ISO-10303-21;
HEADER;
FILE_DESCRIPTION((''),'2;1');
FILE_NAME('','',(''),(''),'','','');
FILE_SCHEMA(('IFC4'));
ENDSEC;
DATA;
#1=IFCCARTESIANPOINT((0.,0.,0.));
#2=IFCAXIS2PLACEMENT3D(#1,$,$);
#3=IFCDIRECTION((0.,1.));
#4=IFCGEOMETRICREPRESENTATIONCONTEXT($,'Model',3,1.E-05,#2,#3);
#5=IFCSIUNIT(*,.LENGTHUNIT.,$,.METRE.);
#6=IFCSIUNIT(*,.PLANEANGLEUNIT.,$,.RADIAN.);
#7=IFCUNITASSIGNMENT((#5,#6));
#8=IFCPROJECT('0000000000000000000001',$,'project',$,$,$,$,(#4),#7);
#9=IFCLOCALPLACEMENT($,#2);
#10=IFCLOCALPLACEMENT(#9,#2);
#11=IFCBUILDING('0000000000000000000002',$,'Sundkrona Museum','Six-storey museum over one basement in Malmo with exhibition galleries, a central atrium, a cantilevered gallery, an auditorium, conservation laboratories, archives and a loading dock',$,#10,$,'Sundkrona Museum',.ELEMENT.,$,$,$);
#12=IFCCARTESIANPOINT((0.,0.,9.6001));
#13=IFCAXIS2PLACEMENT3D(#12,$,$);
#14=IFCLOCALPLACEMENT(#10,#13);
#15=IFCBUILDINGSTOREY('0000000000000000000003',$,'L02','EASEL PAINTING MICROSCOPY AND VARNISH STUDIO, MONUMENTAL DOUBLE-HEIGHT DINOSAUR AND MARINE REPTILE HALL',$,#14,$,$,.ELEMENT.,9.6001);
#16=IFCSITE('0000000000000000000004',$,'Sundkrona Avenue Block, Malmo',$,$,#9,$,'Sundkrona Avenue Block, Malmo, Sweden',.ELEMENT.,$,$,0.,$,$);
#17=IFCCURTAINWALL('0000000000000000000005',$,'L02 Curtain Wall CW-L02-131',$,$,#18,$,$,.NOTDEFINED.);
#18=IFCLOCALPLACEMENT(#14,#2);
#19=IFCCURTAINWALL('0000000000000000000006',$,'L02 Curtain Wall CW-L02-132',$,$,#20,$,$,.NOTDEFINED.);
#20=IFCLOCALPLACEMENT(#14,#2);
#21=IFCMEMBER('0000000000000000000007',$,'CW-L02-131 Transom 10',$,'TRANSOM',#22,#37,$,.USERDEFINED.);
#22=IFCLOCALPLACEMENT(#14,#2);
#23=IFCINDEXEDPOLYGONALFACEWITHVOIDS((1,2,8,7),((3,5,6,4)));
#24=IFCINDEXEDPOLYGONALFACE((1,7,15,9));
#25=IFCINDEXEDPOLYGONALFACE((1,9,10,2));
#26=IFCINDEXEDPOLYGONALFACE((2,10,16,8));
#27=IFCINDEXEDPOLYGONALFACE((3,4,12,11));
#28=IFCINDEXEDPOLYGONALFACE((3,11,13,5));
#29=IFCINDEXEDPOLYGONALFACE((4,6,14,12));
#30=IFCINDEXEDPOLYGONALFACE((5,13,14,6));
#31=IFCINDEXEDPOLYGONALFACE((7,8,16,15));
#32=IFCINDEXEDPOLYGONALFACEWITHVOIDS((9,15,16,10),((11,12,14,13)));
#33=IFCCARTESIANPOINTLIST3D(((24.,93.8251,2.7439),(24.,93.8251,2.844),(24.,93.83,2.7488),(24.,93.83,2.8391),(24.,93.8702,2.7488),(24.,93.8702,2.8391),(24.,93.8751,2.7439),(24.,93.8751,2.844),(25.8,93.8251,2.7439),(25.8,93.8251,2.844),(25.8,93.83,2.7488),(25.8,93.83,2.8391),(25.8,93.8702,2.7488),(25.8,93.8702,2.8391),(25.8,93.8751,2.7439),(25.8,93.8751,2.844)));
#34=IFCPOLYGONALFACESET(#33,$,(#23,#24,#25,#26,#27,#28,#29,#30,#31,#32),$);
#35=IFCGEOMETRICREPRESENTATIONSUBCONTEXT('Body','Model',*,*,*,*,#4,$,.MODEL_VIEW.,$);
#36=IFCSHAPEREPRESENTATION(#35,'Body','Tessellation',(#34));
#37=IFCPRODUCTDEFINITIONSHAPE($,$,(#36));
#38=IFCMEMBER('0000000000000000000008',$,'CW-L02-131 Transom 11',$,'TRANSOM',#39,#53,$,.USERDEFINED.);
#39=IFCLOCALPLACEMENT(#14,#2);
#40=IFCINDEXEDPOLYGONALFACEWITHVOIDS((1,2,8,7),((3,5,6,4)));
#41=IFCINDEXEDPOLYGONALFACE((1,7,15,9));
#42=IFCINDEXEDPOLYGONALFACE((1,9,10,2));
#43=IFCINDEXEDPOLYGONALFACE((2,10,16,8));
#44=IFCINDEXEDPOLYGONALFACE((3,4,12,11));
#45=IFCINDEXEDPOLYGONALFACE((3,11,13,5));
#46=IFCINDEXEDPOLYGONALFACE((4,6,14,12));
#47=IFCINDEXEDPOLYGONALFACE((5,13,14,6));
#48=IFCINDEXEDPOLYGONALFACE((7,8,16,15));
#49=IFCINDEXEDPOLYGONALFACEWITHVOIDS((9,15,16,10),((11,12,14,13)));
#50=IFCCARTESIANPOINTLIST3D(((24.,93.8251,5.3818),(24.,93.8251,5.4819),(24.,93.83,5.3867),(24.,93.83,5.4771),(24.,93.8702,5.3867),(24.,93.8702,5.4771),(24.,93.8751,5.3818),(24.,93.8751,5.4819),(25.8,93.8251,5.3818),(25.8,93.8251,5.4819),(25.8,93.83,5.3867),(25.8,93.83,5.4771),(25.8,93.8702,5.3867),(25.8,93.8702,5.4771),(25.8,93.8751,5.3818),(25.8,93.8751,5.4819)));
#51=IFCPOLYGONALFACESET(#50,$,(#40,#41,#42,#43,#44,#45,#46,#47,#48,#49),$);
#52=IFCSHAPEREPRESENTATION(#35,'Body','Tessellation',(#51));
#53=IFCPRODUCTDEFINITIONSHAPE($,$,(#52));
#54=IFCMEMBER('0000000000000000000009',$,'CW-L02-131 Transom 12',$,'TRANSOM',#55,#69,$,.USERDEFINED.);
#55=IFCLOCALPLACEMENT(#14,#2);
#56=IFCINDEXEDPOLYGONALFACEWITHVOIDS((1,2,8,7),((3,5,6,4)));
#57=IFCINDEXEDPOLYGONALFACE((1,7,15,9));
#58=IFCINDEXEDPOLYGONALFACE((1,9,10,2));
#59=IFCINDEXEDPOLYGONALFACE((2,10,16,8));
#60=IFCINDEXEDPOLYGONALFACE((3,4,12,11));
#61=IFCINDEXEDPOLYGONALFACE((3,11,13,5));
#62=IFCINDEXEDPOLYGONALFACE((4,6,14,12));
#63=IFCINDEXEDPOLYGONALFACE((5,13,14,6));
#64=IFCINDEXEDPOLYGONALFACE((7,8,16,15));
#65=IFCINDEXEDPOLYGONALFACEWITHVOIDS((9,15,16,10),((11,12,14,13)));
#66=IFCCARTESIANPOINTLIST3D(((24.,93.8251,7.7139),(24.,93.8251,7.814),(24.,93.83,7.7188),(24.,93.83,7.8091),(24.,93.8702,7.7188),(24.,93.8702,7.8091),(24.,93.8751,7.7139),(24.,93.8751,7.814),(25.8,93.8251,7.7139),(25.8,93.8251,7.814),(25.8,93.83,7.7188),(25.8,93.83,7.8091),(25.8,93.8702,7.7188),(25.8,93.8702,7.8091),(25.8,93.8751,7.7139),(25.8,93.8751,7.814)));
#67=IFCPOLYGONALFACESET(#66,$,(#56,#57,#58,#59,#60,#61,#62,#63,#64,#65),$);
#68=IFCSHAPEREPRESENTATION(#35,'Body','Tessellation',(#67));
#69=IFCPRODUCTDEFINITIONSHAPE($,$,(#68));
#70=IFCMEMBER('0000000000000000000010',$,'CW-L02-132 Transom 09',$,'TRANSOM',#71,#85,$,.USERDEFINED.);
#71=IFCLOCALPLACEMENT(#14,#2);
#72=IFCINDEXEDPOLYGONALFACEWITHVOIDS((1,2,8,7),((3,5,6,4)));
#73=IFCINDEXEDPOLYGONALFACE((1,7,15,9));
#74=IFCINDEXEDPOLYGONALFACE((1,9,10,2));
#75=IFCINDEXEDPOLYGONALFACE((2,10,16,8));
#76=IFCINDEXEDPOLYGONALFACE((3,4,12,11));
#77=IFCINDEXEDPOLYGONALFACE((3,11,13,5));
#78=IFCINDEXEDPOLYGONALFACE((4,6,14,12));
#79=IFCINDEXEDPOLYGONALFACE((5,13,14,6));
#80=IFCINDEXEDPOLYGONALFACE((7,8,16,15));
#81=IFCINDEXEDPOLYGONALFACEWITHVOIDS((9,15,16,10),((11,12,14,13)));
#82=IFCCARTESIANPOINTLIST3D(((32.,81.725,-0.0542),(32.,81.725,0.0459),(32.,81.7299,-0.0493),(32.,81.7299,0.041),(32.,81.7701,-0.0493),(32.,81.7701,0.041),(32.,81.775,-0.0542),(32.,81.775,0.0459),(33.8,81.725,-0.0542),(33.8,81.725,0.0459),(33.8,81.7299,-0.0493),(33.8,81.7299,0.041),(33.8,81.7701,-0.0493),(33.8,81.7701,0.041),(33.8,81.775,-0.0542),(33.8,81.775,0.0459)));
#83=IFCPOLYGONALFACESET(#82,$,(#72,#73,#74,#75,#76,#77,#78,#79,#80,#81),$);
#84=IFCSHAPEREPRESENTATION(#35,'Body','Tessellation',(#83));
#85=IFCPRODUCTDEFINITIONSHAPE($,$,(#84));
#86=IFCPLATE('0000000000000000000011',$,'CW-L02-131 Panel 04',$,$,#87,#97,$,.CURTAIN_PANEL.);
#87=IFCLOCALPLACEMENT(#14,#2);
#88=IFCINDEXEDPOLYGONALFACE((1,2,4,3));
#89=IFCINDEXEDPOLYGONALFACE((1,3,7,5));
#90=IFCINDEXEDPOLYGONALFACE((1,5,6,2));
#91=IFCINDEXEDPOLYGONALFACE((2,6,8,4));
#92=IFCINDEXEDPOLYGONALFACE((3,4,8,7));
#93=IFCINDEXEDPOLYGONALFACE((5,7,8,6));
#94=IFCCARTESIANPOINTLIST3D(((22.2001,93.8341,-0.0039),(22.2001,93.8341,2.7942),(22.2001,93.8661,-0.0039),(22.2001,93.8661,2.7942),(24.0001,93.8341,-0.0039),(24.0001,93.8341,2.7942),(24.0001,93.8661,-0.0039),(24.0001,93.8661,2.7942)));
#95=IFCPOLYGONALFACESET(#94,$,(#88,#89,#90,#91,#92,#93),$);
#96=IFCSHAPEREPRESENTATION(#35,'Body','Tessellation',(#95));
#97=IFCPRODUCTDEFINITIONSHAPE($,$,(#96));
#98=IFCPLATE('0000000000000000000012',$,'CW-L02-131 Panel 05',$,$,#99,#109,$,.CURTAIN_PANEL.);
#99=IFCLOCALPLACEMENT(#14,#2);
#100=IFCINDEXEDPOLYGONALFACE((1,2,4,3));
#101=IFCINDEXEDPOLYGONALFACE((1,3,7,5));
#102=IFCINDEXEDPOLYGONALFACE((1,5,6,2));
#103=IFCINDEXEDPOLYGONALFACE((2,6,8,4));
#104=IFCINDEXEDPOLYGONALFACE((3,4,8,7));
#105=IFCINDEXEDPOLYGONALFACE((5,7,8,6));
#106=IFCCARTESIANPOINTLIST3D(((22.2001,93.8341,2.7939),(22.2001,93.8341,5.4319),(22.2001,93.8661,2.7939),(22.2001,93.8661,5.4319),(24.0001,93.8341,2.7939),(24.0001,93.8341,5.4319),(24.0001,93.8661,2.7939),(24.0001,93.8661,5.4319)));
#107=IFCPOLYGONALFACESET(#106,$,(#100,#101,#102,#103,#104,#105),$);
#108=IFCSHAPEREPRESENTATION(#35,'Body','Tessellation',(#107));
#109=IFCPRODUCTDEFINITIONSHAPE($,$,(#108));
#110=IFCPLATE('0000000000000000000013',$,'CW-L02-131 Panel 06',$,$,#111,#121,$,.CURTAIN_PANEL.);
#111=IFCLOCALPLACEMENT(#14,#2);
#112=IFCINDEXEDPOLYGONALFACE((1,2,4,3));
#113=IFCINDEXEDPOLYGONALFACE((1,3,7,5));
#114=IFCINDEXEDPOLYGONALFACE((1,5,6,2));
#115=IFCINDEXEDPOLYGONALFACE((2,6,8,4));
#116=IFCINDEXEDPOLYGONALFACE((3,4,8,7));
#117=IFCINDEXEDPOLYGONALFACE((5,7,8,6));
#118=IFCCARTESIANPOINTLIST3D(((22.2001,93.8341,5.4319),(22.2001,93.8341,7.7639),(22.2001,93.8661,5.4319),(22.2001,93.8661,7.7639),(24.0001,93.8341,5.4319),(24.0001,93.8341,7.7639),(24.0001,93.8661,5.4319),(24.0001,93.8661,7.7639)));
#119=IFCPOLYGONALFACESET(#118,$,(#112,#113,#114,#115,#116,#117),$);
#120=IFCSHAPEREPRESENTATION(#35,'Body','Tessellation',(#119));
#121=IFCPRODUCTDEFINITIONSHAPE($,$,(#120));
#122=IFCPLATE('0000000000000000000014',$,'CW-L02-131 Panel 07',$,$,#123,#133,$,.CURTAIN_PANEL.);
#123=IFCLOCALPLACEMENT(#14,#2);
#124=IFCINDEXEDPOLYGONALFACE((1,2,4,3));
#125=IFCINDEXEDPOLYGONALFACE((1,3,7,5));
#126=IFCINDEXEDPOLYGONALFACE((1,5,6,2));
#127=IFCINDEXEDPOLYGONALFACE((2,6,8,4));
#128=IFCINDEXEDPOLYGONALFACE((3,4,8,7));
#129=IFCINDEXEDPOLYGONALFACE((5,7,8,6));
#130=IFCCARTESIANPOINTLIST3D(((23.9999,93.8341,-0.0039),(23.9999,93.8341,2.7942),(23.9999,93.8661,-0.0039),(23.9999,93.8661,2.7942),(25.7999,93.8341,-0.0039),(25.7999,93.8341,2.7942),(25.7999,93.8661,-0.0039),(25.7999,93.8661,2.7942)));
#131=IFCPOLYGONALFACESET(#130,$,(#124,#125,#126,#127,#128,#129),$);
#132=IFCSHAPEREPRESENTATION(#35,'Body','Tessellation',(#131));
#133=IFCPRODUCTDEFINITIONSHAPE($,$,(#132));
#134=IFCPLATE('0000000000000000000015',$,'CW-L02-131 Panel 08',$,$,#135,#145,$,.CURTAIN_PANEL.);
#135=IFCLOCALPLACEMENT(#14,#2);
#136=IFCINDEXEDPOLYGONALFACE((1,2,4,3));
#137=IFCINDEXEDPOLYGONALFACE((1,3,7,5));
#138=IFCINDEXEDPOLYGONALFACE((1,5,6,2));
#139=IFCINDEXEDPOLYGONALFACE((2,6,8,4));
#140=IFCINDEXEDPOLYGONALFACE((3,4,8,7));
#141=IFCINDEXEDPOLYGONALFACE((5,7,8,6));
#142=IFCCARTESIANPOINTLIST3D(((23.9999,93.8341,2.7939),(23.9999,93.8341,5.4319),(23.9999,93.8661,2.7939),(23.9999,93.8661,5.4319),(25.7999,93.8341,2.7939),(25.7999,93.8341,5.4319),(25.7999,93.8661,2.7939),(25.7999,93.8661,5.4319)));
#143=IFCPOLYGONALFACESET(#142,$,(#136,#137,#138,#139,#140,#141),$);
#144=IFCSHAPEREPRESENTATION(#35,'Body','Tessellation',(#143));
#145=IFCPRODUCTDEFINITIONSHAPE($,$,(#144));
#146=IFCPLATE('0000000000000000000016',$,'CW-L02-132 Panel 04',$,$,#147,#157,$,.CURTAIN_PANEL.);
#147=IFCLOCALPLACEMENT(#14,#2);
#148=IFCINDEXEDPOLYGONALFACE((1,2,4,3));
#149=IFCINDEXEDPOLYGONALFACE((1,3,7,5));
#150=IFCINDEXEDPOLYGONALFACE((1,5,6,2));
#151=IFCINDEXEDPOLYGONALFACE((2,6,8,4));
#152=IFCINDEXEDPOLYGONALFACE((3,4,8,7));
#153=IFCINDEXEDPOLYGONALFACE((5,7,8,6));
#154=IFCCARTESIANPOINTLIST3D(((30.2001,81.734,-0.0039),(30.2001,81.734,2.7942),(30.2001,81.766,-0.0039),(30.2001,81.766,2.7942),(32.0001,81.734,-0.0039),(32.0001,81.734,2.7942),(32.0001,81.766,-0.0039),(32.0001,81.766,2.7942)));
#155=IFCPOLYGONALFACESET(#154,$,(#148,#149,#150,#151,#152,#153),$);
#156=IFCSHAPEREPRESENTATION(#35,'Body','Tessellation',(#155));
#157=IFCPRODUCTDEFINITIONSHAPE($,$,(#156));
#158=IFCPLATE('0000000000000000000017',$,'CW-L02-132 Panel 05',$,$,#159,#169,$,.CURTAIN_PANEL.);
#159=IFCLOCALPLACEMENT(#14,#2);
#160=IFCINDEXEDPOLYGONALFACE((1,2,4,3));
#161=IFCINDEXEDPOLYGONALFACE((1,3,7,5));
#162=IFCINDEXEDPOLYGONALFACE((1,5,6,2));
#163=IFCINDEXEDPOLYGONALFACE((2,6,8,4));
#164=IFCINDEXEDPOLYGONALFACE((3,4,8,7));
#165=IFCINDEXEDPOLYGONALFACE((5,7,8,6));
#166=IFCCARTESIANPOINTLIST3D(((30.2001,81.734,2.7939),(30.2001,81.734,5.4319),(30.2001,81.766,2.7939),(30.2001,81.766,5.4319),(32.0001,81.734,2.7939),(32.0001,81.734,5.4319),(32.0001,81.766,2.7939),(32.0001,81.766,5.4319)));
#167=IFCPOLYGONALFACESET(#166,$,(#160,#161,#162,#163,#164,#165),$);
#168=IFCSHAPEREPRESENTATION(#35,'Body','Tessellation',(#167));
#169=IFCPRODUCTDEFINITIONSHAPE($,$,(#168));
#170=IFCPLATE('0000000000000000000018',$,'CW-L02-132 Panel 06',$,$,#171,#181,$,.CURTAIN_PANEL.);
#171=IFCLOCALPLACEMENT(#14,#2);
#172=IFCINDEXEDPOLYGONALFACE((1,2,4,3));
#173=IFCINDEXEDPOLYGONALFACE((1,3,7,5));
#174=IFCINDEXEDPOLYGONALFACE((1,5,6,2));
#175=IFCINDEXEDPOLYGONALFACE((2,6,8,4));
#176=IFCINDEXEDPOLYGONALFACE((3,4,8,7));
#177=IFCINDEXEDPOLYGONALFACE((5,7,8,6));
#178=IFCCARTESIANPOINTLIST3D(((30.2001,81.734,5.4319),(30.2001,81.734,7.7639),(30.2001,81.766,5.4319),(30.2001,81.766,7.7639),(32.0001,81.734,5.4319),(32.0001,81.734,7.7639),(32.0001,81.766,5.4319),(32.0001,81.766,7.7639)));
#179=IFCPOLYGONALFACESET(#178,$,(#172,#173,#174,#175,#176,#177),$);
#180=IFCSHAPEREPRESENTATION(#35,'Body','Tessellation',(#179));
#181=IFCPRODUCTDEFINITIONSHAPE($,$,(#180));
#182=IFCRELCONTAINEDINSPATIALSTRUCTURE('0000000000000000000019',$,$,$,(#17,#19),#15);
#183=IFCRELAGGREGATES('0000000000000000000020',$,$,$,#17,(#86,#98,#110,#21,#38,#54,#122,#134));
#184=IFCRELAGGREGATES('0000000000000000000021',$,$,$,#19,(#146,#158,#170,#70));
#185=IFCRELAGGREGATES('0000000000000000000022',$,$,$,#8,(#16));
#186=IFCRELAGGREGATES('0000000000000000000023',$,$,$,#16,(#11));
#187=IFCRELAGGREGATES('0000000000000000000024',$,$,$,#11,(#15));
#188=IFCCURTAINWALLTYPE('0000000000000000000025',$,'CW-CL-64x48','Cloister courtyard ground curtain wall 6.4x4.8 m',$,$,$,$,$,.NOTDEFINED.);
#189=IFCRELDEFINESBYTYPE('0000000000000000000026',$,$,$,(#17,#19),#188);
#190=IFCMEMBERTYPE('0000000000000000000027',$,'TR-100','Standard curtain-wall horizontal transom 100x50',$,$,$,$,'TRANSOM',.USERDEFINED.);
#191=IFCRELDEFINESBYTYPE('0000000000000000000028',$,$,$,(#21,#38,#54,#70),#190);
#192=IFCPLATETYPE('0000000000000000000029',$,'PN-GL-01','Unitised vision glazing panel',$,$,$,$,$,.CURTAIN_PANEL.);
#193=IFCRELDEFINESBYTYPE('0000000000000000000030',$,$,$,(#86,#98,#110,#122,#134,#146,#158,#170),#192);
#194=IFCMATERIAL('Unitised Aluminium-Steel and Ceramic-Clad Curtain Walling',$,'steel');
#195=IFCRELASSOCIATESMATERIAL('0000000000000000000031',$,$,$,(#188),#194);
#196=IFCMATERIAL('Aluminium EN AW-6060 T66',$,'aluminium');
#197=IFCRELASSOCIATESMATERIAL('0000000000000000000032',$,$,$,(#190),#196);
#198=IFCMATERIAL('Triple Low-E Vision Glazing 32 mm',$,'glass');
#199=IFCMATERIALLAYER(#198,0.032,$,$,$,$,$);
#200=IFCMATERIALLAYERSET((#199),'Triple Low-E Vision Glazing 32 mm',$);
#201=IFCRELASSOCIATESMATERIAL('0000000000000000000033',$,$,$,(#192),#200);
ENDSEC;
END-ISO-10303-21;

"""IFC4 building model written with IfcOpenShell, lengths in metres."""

from ifc_helpers import new_model, si_unit, direction, frame, origin, origin_2d, place, context, subcontext, project, spatial, rectangle, hollow_rectangle, extrude, material, layer, layer_set, material_profile, profile_set, type_object, element, aggregate, save


model = new_model("IFC4")

# Units and contexts
model_context = context("Model", 3, precision=1e-05, world=origin(), true_north=direction((0.0, 1.0)))
body_context = subcontext(model_context, "Body", "Model", "MODEL_VIEW")
ifc_project = project(units=[si_unit("LENGTHUNIT", "METRE"), si_unit("PLANEANGLEUNIT", "RADIAN")], contexts=[model_context])

# Site, building, storey
site_placement = place(None, origin())
site = spatial("IfcSite", under=ifc_project, at=site_placement, Name="Sundkrona Avenue Block, Malmo", LongName="Sundkrona Avenue Block, Malmo, Sweden", CompositionType="ELEMENT", RefElevation=0.0)
building_placement = place(site_placement, origin())
building = spatial("IfcBuilding", under=site, at=building_placement, Name="Sundkrona Museum", Description="Six-storey museum over one basement in Malmo with exhibition galleries, a central atrium, a cantilevered gallery, an auditorium, conservation laboratories, archives and a loading dock", LongName="Sundkrona Museum", CompositionType="ELEMENT")
storey_placement = place(building_placement, frame((0.0, 0.0, 9.6001)))
storey = spatial("IfcBuildingStorey", under=building, at=storey_placement, Name="L02", Description="EASEL PAINTING MICROSCOPY AND VARNISH STUDIO, MONUMENTAL DOUBLE-HEIGHT DINOSAUR AND MARINE REPTILE HALL", CompositionType="ELEMENT", Elevation=9.6001)

# Curtain wall
ifc_material_1 = material(Name="Unitised Aluminium-Steel and Ceramic-Clad Curtain Walling", Category="steel")
curtain_wall_type = type_object("IfcCurtainWallType", Name="CW-CL-64x48", Description="Cloister courtyard ground curtain wall 6.4x4.8 m", PredefinedType="NOTDEFINED", material=ifc_material_1)
curtain_wall_1_placement = place(storey_placement, origin())
curtain_wall_1 = element("IfcCurtainWall", 1, at=curtain_wall_1_placement, inside=storey, type_object=curtain_wall_type, Name="L02 Curtain Wall CW-L02-131", PredefinedType="NOTDEFINED")
ifc_material_2 = material(Name="Aluminium EN AW-6060 T66", Category="aluminium")

# Curtain wall
curtain_wall_2_placement = place(storey_placement, origin())
curtain_wall_2 = element("IfcCurtainWall", 2, at=curtain_wall_2_placement, inside=storey, type_object=curtain_wall_type, Name="L02 Curtain Wall CW-L02-132", PredefinedType="NOTDEFINED")

# Members
ifc_material_profile_1 = material_profile(ifc_material_2, hollow_rectangle(XDim=0.05, YDim=0.1001, WallThickness=0.0049, at=origin_2d()), Name="RHS 100x50x5.0")
ifc_profile_set_1 = profile_set([ifc_material_profile_1], Name="Aluminium EN AW-6060 T66")
member_type_1 = type_object("IfcMemberType", Name="TR-100", Description="Standard curtain-wall horizontal transom 100x50", ElementType="TRANSOM", PredefinedType="USERDEFINED", material=ifc_profile_set_1)
member_1_placement = place(storey_placement, frame((24.0, 93.8501, 2.7939), z_axis=(1.0, 0.0, 0.0), x_axis=(0.0, 1.0, 0.0)))
member_1 = element("IfcMember", 3, at=member_1_placement, type_object=member_type_1, Name="CW-L02-131 Transom 10", ObjectType="TRANSOM", PredefinedType="USERDEFINED", context=body_context, shape_type="SweptSolid", body=[
    extrude(hollow_rectangle(XDim=0.05, YDim=0.1001, WallThickness=0.0049, at=origin_2d()), origin(), (0.0, 0.0, 1.0), 1.8),
])
member_2_placement = place(storey_placement, frame((24.0, 93.8501, 5.4319), z_axis=(1.0, 0.0, 0.0), x_axis=(0.0, 1.0, 0.0)))
member_2 = element("IfcMember", 4, at=member_2_placement, type_object=member_type_1, Name="CW-L02-131 Transom 11", ObjectType="TRANSOM", PredefinedType="USERDEFINED", context=body_context, shape_type="SweptSolid", body=[
    extrude(hollow_rectangle(XDim=0.05, YDim=0.1001, WallThickness=0.0049, at=origin_2d()), origin(), (0.0, 0.0, 1.0), 1.8),
])
member_3_placement = place(storey_placement, frame((24.0, 93.8501, 7.7639), z_axis=(1.0, 0.0, 0.0), x_axis=(0.0, 1.0, 0.0)))
member_3 = element("IfcMember", 5, at=member_3_placement, type_object=member_type_1, Name="CW-L02-131 Transom 12", ObjectType="TRANSOM", PredefinedType="USERDEFINED", context=body_context, shape_type="SweptSolid", body=[
    extrude(hollow_rectangle(XDim=0.05, YDim=0.1001, WallThickness=0.0049, at=origin_2d()), origin(), (0.0, 0.0, 1.0), 1.8),
])
member_4_placement = place(storey_placement, frame((32.0, 81.75, -0.0042), z_axis=(1.0, 0.0, 0.0), x_axis=(0.0, 1.0, 0.0)))
member_4 = element("IfcMember", 6, at=member_4_placement, type_object=member_type_1, Name="CW-L02-132 Transom 09", ObjectType="TRANSOM", PredefinedType="USERDEFINED", context=body_context, shape_type="SweptSolid", body=[
    extrude(hollow_rectangle(XDim=0.05, YDim=0.1001, WallThickness=0.0049, at=origin_2d()), origin(), (0.0, 0.0, 1.0), 1.8),
])

# Plates
ifc_material_3 = material(Name="Triple Low-E Vision Glazing 32 mm", Category="glass")
ifc_layer = layer(ifc_material_3, 0.032)
ifc_layer_set = layer_set([ifc_layer], Name="Triple Low-E Vision Glazing 32 mm")
plate_type = type_object("IfcPlateType", Name="PN-GL-01", Description="Unitised vision glazing panel", PredefinedType="CURTAIN_PANEL", material=ifc_layer_set)
plate_1_placement = place(storey_placement, frame((23.1001, 93.8501, -0.0039), z_axis=(0.0, 0.0, 1.0), x_axis=(1.0, 0.0, 0.0)))
plate_1 = element("IfcPlate", 7, at=plate_1_placement, type_object=plate_type, Name="CW-L02-131 Panel 04", PredefinedType="CURTAIN_PANEL", context=body_context, shape_type="SweptSolid", body=[
    extrude(rectangle(XDim=1.8, YDim=0.032, at=origin_2d()), origin(), (0.0, 0.0, 1.0), 2.7981),
])
plate_2_placement = place(storey_placement, frame((23.1001, 93.8501, 2.7939), z_axis=(0.0, 0.0, 1.0), x_axis=(1.0, 0.0, 0.0)))
plate_2 = element("IfcPlate", 8, at=plate_2_placement, type_object=plate_type, Name="CW-L02-131 Panel 05", PredefinedType="CURTAIN_PANEL", context=body_context, shape_type="SweptSolid", body=[
    extrude(rectangle(XDim=1.8, YDim=0.032, at=origin_2d()), origin(), (0.0, 0.0, 1.0), 2.6379),
])
plate_3_placement = place(storey_placement, frame((23.1001, 93.8501, 5.4319), z_axis=(0.0, 0.0, 1.0), x_axis=(1.0, 0.0, 0.0)))
plate_3 = element("IfcPlate", 9, at=plate_3_placement, type_object=plate_type, Name="CW-L02-131 Panel 06", PredefinedType="CURTAIN_PANEL", context=body_context, shape_type="SweptSolid", body=[
    extrude(rectangle(XDim=1.8, YDim=0.032, at=origin_2d()), origin(), (0.0, 0.0, 1.0), 2.332),
])
plate_4_placement = place(storey_placement, frame((24.8999, 93.8501, -0.0039), z_axis=(0.0, 0.0, 1.0), x_axis=(1.0, 0.0, 0.0)))
plate_4 = element("IfcPlate", 10, at=plate_4_placement, type_object=plate_type, Name="CW-L02-131 Panel 07", PredefinedType="CURTAIN_PANEL", context=body_context, shape_type="SweptSolid", body=[
    extrude(rectangle(XDim=1.8, YDim=0.032, at=origin_2d()), origin(), (0.0, 0.0, 1.0), 2.7981),
])
plate_5_placement = place(storey_placement, frame((24.8999, 93.8501, 2.7939), z_axis=(0.0, 0.0, 1.0), x_axis=(1.0, 0.0, 0.0)))
plate_5 = element("IfcPlate", 11, at=plate_5_placement, type_object=plate_type, Name="CW-L02-131 Panel 08", PredefinedType="CURTAIN_PANEL", context=body_context, shape_type="SweptSolid", body=[
    extrude(rectangle(XDim=1.8, YDim=0.032, at=origin_2d()), origin(), (0.0, 0.0, 1.0), 2.6379),
])
aggregate(curtain_wall_1, [plate_1, plate_2, plate_3, member_1, member_2, member_3, plate_4, plate_5])
plate_6_placement = place(storey_placement, frame((31.1001, 81.75, -0.0039), z_axis=(0.0, 0.0, 1.0), x_axis=(1.0, 0.0, 0.0)))
plate_6 = element("IfcPlate", 12, at=plate_6_placement, type_object=plate_type, Name="CW-L02-132 Panel 04", PredefinedType="CURTAIN_PANEL", context=body_context, shape_type="SweptSolid", body=[
    extrude(rectangle(XDim=1.8, YDim=0.032, at=origin_2d()), origin(), (0.0, 0.0, 1.0), 2.7981),
])
plate_7_placement = place(storey_placement, frame((31.1001, 81.75, 2.7939), z_axis=(0.0, 0.0, 1.0), x_axis=(1.0, 0.0, 0.0)))
plate_7 = element("IfcPlate", 13, at=plate_7_placement, type_object=plate_type, Name="CW-L02-132 Panel 05", PredefinedType="CURTAIN_PANEL", context=body_context, shape_type="SweptSolid", body=[
    extrude(rectangle(XDim=1.8, YDim=0.032, at=origin_2d()), origin(), (0.0, 0.0, 1.0), 2.6379),
])
plate_8_placement = place(storey_placement, frame((31.1001, 81.75, 5.4319), z_axis=(0.0, 0.0, 1.0), x_axis=(1.0, 0.0, 0.0)))
plate_8 = element("IfcPlate", 14, at=plate_8_placement, type_object=plate_type, Name="CW-L02-132 Panel 06", PredefinedType="CURTAIN_PANEL", context=body_context, shape_type="SweptSolid", body=[
    extrude(rectangle(XDim=1.8, YDim=0.032, at=origin_2d()), origin(), (0.0, 0.0, 1.0), 2.332),
])
aggregate(curtain_wall_2, [plate_6, plate_7, plate_8, member_4])

save(model, "model.ifc")
